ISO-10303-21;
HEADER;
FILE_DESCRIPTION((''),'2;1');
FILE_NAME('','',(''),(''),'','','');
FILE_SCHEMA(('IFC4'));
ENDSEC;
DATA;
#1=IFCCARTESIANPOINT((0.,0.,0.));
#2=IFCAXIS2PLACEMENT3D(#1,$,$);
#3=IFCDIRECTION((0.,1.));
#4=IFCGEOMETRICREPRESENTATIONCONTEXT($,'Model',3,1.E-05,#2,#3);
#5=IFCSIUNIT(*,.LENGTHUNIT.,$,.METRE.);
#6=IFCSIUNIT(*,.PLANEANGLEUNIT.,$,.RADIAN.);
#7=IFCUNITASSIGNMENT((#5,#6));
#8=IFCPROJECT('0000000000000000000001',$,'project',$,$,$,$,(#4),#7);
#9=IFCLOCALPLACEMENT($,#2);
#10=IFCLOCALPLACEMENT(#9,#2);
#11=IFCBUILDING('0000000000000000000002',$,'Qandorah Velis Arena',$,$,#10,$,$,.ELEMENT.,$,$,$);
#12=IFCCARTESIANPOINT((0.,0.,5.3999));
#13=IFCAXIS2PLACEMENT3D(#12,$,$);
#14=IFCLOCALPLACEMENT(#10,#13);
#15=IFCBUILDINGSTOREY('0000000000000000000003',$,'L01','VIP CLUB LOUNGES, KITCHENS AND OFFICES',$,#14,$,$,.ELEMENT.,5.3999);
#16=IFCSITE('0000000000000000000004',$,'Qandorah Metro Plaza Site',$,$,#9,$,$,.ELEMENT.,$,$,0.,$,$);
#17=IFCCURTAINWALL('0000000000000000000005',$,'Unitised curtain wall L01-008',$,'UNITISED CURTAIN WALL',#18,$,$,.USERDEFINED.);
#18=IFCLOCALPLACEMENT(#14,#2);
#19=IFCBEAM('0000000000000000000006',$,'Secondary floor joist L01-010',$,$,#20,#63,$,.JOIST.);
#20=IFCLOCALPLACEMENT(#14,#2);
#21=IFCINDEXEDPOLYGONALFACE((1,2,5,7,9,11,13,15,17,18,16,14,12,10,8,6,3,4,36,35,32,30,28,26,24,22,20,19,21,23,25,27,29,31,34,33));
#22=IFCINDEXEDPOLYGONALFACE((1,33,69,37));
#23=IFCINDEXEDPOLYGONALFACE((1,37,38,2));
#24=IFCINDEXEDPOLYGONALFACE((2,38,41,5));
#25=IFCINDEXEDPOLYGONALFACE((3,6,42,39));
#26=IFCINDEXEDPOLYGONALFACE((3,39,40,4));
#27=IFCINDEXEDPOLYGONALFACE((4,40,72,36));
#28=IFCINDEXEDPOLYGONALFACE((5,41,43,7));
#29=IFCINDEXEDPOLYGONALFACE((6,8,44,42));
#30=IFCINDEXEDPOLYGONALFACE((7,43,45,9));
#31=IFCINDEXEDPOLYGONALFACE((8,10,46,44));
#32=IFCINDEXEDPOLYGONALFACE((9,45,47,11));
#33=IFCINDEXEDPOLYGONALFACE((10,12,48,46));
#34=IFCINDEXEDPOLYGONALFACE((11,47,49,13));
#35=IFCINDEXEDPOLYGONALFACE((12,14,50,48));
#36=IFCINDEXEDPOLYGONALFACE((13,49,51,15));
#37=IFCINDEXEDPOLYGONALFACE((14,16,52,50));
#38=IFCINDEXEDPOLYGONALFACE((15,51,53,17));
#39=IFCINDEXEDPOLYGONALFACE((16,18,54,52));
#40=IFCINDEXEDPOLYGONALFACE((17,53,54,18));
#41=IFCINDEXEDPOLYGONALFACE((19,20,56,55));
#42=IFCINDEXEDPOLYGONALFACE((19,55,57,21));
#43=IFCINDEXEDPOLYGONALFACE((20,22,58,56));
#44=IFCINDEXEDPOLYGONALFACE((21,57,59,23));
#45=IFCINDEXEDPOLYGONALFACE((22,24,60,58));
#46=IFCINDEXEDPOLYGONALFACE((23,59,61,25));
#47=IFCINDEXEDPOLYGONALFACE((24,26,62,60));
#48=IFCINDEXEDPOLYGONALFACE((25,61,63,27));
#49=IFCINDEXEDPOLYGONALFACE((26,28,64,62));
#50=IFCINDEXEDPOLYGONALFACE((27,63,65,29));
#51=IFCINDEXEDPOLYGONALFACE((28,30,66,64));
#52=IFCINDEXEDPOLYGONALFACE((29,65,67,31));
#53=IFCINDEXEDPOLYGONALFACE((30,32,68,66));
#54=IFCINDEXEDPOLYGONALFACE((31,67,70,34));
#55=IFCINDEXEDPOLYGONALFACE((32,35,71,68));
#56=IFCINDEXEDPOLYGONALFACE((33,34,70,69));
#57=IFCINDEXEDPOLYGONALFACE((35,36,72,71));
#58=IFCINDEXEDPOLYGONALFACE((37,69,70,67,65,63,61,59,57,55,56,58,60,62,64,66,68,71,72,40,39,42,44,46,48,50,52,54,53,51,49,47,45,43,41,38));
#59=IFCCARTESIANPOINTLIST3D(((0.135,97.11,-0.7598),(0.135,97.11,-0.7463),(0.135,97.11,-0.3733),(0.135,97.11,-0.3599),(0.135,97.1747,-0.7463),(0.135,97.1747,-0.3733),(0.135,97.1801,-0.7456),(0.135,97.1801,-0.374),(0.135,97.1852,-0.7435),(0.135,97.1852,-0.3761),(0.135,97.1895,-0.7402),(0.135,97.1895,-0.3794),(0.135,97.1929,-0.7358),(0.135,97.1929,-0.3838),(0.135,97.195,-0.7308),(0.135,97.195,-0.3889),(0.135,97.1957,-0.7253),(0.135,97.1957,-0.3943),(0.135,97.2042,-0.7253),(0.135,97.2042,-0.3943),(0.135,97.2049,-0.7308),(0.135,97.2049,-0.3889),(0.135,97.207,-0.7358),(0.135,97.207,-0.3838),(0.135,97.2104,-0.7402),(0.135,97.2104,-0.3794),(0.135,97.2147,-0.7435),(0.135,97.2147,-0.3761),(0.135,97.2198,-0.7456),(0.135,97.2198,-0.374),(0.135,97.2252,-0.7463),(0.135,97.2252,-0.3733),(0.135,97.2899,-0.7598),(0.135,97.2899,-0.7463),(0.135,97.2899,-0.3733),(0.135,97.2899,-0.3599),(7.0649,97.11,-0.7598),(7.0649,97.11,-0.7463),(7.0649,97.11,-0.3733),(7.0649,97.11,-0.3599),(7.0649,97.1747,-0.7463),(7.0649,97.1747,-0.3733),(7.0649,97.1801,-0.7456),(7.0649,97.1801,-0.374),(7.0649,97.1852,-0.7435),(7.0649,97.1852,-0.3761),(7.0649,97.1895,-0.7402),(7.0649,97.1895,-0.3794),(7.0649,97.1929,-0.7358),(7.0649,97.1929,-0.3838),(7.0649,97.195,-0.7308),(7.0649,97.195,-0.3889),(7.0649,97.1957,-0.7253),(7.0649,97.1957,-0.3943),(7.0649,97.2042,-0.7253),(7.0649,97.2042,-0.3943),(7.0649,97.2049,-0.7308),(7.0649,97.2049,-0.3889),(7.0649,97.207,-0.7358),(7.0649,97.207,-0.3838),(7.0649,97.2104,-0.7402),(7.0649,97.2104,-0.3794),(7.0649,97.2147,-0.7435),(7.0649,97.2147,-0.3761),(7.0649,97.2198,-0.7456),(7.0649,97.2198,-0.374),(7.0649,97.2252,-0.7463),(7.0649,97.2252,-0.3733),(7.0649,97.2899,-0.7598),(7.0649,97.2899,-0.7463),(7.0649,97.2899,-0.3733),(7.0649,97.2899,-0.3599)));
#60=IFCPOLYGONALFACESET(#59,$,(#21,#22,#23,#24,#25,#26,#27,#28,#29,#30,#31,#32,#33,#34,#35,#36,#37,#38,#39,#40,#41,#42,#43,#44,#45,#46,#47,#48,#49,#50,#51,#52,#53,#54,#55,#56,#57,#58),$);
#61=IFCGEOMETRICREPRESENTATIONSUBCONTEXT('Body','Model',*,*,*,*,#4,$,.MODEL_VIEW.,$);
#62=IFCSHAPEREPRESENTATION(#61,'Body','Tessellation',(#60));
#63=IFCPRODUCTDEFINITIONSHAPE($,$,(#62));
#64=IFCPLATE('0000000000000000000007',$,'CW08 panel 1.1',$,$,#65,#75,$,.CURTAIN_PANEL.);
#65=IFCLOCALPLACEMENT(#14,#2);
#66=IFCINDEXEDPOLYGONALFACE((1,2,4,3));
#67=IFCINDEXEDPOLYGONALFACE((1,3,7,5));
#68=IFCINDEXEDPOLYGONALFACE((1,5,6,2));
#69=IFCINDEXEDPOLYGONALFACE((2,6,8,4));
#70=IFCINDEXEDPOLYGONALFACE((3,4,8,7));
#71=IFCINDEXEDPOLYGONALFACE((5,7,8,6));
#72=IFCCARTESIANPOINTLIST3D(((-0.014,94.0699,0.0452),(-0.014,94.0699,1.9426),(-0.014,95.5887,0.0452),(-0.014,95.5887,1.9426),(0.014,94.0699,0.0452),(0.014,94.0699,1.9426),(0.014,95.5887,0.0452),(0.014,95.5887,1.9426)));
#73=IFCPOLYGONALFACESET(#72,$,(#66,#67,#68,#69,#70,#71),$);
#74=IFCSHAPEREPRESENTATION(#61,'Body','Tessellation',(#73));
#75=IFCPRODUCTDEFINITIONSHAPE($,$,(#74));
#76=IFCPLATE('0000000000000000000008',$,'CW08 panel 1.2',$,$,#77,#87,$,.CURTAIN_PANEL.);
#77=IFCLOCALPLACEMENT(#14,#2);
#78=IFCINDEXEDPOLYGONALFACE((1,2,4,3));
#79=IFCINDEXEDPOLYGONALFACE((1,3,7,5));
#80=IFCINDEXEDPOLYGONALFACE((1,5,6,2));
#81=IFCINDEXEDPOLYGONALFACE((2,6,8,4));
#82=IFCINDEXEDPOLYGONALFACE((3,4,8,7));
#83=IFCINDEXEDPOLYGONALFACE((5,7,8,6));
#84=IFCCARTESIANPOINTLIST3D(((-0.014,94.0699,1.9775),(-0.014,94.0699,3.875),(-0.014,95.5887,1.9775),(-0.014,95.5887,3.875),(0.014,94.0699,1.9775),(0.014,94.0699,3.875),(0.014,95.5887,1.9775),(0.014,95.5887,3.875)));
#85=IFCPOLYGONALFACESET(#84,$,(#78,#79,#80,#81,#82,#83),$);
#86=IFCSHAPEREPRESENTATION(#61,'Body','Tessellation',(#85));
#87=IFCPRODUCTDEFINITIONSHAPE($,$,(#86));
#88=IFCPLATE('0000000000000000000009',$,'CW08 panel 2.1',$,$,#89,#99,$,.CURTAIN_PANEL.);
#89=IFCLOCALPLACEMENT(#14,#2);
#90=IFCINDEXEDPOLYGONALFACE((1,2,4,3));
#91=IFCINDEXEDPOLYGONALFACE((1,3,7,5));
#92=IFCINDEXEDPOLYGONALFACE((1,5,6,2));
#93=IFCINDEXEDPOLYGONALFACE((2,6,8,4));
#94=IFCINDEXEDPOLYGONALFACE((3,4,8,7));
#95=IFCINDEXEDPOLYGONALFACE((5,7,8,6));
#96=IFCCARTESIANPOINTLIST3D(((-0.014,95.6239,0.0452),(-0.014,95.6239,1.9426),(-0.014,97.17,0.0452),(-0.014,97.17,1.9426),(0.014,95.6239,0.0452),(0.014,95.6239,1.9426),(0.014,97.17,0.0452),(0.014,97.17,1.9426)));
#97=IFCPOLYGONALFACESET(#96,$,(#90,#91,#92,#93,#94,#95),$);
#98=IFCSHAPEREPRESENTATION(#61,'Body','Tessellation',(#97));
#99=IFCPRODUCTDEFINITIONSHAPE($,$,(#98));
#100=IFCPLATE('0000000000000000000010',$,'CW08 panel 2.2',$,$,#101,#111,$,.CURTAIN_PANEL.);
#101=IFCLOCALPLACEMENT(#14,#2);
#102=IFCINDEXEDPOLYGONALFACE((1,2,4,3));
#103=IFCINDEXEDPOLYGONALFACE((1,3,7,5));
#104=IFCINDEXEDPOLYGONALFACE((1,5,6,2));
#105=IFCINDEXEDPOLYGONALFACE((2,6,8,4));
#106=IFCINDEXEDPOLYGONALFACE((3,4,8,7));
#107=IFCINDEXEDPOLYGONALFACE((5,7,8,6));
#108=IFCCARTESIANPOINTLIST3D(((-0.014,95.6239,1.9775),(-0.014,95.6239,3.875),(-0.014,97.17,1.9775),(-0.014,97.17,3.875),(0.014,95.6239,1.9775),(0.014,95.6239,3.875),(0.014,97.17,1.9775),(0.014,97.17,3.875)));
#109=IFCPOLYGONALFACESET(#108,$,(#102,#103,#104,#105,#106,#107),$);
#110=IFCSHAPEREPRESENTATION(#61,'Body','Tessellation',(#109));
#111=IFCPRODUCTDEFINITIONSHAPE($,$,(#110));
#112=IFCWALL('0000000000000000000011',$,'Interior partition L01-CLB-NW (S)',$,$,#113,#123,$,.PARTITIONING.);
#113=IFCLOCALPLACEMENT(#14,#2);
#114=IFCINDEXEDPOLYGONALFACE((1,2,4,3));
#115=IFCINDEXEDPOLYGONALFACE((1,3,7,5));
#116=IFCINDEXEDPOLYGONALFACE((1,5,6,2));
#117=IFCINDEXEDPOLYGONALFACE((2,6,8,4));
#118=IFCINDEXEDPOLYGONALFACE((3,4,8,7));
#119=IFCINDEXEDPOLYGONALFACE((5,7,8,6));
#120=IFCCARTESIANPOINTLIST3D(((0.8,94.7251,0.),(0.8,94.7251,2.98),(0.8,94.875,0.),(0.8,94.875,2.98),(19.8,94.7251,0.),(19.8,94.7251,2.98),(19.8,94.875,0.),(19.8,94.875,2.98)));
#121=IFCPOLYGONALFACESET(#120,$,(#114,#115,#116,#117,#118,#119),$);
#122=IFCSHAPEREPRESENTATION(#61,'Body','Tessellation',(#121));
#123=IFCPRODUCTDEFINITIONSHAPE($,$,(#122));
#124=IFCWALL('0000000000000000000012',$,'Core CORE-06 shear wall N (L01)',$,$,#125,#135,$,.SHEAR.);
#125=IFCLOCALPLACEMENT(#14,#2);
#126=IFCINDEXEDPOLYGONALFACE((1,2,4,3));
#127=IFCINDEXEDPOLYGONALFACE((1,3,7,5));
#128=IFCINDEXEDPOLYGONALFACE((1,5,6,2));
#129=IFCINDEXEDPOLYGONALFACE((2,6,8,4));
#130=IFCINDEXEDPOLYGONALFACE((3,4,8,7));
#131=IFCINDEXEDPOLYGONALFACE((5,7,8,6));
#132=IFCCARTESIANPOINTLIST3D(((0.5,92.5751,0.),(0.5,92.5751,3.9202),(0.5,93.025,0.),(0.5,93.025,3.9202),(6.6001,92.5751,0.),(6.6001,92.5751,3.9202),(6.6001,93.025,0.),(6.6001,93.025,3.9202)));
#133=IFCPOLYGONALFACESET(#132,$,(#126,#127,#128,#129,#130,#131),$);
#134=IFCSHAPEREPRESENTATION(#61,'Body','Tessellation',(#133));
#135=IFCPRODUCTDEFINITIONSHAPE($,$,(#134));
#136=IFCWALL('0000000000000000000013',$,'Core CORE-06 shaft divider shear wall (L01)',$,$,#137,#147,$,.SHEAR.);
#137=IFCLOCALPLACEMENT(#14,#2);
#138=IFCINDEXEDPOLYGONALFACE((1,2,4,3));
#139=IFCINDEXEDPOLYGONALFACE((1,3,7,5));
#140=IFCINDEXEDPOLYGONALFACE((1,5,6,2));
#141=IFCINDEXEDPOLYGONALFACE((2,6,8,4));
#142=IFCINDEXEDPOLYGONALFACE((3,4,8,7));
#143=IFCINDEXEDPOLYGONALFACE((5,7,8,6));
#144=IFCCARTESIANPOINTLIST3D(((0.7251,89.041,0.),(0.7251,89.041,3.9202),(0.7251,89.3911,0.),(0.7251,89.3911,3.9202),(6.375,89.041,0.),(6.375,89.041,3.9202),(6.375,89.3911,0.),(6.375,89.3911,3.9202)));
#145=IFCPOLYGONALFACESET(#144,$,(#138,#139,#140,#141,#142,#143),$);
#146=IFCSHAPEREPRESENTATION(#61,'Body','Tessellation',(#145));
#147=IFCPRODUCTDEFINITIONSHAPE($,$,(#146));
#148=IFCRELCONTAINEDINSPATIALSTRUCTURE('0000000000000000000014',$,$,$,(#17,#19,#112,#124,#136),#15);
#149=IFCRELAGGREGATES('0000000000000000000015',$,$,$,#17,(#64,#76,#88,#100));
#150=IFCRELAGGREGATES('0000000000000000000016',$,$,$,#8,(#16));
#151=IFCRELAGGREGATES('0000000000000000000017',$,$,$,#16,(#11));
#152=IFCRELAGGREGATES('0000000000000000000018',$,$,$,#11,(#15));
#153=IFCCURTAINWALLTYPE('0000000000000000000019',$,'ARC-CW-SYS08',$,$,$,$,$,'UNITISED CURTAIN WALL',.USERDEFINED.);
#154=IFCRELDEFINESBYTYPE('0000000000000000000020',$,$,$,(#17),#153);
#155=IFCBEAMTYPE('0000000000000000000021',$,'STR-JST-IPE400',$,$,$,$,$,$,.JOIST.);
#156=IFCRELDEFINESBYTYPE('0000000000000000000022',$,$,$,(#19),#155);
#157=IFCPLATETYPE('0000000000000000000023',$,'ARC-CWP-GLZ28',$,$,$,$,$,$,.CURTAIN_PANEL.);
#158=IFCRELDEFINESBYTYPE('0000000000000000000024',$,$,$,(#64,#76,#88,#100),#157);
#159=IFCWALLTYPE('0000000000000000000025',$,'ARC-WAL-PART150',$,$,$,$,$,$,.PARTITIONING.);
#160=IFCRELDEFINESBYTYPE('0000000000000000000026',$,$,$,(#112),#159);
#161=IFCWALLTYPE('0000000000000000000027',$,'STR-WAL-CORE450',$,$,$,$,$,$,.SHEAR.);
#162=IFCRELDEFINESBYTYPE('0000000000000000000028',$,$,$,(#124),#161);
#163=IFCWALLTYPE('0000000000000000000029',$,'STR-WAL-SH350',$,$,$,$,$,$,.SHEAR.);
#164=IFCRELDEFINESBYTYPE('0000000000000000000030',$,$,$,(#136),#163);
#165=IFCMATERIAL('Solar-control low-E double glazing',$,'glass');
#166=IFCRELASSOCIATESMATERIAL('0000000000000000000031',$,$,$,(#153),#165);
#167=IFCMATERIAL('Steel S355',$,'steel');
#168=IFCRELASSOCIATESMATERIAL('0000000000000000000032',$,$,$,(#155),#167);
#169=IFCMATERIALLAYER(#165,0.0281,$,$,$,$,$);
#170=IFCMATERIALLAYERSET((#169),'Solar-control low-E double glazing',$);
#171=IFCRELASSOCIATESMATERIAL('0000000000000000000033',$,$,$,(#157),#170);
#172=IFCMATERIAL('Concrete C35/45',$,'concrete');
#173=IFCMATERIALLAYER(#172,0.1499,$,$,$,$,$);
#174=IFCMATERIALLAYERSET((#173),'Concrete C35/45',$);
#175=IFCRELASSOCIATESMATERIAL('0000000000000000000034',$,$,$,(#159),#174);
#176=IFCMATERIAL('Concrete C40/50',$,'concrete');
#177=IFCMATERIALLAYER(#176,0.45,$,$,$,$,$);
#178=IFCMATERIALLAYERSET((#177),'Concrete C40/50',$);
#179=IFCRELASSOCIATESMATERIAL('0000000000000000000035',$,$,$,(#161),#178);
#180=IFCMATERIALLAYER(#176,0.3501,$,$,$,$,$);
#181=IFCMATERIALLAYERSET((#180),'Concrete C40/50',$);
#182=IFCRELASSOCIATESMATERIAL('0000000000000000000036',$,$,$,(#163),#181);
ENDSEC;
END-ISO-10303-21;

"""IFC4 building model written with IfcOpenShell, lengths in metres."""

from ifc_helpers import new_model, si_unit, direction, frame, frame_2d, origin, origin_2d, place, context, subcontext, project, spatial, rectangle, i_section, extrude, material, layer, layer_set, material_profile, profile_set, type_object, element, aggregate, save


model = new_model("IFC4")

# Units and contexts
model_context = context("Model", 3, precision=1e-05, world=origin(), true_north=direction((0.0, 1.0)))
body_context = subcontext(model_context, "Body", "Model", "MODEL_VIEW")
ifc_project = project(units=[si_unit("LENGTHUNIT", "METRE"), si_unit("PLANEANGLEUNIT", "RADIAN")], contexts=[model_context])

# Site, building, storey
site_placement = place(None, origin())
site = spatial("IfcSite", under=ifc_project, at=site_placement, Name="Qandorah Metro Plaza Site", CompositionType="ELEMENT", RefElevation=0.0)
building_placement = place(site_placement, origin())
building = spatial("IfcBuilding", under=site, at=building_placement, Name="Qandorah Velis Arena", CompositionType="ELEMENT")
storey_placement = place(building_placement, frame((0.0, 0.0, 5.3999)))
storey = spatial("IfcBuildingStorey", under=building, at=storey_placement, Name="L01", Description="VIP CLUB LOUNGES, KITCHENS AND OFFICES", CompositionType="ELEMENT", Elevation=5.3999)

# Shared definitions
ifc_material_1 = material(Name="Concrete C40/50", Category="concrete")

# Curtain wall
ifc_material_2 = material(Name="Solar-control low-E double glazing", Category="glass")
curtain_wall_type = type_object("IfcCurtainWallType", Name="ARC-CW-SYS08", ElementType="UNITISED CURTAIN WALL", PredefinedType="USERDEFINED", material=ifc_material_2)
curtain_wall_placement = place(storey_placement, origin())
curtain_wall = element("IfcCurtainWall", 1, at=curtain_wall_placement, inside=storey, type_object=curtain_wall_type, Name="Unitised curtain wall L01-008", ObjectType="UNITISED CURTAIN WALL", PredefinedType="USERDEFINED")

# Beam
ifc_material_3 = material(Name="Steel S355", Category="steel")
ifc_material_profile_1 = material_profile(ifc_material_3, i_section(OverallWidth=0.1799, OverallDepth=0.3999, WebThickness=0.0085, FlangeThickness=0.0134, FilletRadius=0.021, at=origin_2d()), Name="IPE 400")
ifc_profile_set_1 = profile_set([ifc_material_profile_1], Name="Steel S355")
beam_type_1 = type_object("IfcBeamType", Name="STR-JST-IPE400", PredefinedType="JOIST", material=ifc_profile_set_1)
beam_1_placement = place(storey_placement, frame((0.135, 97.2, -0.5598), z_axis=(1.0, 0.0, 0.0), x_axis=(0.0, 1.0, 0.0)))
element("IfcBeam", 2, at=beam_1_placement, inside=storey, type_object=beam_type_1, Name="Secondary floor joist L01-010", PredefinedType="JOIST", context=body_context, shape_type="SweptSolid", body=[
    extrude(i_section(OverallWidth=0.1799, OverallDepth=0.3999, WebThickness=0.0085, FlangeThickness=0.0134, FilletRadius=0.021, at=origin_2d()), origin(), (0.0, 0.0, 1.0), 6.9299),
])

# Plates
ifc_layer_1 = layer(ifc_material_2, 0.0281)
ifc_layer_set_1 = layer_set([ifc_layer_1], Name="Solar-control low-E double glazing")
plate_type = type_object("IfcPlateType", Name="ARC-CWP-GLZ28", PredefinedType="CURTAIN_PANEL", material=ifc_layer_set_1)
plate_1_placement = place(storey_placement, frame((0.0, 94.8293, 0.0452), z_axis=(0.0, 0.0, 1.0), x_axis=(0.0, 1.0, 0.0)))
plate_1 = element("IfcPlate", 3, at=plate_1_placement, type_object=plate_type, Name="CW08 panel 1.1", PredefinedType="CURTAIN_PANEL", context=body_context, shape_type="SweptSolid", body=[
    extrude(rectangle(XDim=1.5188, YDim=0.0281, at=origin_2d()), origin(), (0.0, 0.0, 1.0), 1.8975),
])
plate_2_placement = place(storey_placement, frame((0.0, 94.8293, 1.9775), z_axis=(0.0, 0.0, 1.0), x_axis=(0.0, 1.0, 0.0)))
plate_2 = element("IfcPlate", 4, at=plate_2_placement, type_object=plate_type, Name="CW08 panel 1.2", PredefinedType="CURTAIN_PANEL", context=body_context, shape_type="SweptSolid", body=[
    extrude(rectangle(XDim=1.5188, YDim=0.0281, at=origin_2d()), origin(), (0.0, 0.0, 1.0), 1.8975),
])
plate_3_placement = place(storey_placement, frame((0.0, 96.397, 0.0452), z_axis=(0.0, 0.0, 1.0), x_axis=(0.0, 1.0, 0.0)))
plate_3 = element("IfcPlate", 5, at=plate_3_placement, type_object=plate_type, Name="CW08 panel 2.1", PredefinedType="CURTAIN_PANEL", context=body_context, shape_type="SweptSolid", body=[
    extrude(rectangle(XDim=1.5461, YDim=0.0281, at=origin_2d()), origin(), (0.0, 0.0, 1.0), 1.8975),
])
plate_4_placement = place(storey_placement, frame((0.0, 96.397, 1.9775), z_axis=(0.0, 0.0, 1.0), x_axis=(0.0, 1.0, 0.0)))
plate_4 = element("IfcPlate", 6, at=plate_4_placement, type_object=plate_type, Name="CW08 panel 2.2", PredefinedType="CURTAIN_PANEL", context=body_context, shape_type="SweptSolid", body=[
    extrude(rectangle(XDim=1.5461, YDim=0.0281, at=origin_2d()), origin(), (0.0, 0.0, 1.0), 1.8975),
])
aggregate(curtain_wall, [plate_1, plate_2, plate_3, plate_4])

# Walls
ifc_material_4 = material(Name="Concrete C35/45", Category="concrete")
ifc_layer_2 = layer(ifc_material_4, 0.1499)
ifc_layer_set_2 = layer_set([ifc_layer_2], Name="Concrete C35/45")
wall_type_1 = type_object("IfcWallType", Name="ARC-WAL-PART150", PredefinedType="PARTITIONING", material=ifc_layer_set_2)
wall_1_placement = place(storey_placement, frame((0.8, 94.8, 0.0), z_axis=(0.0, 0.0, 1.0), x_axis=(1.0, 0.0, 0.0)))
element("IfcWall", 7, at=wall_1_placement, inside=storey, type_object=wall_type_1, Name="Interior partition L01-CLB-NW (S)", PredefinedType="PARTITIONING", context=body_context, shape_type="SweptSolid", body=[
    extrude(rectangle(XDim=19.0, YDim=0.1499, at=frame_2d((9.5, 0.0))), origin(), (0.0, 0.0, 1.0), 2.98),
])
ifc_layer_3 = layer(ifc_material_1, 0.45)
ifc_layer_set_3 = layer_set([ifc_layer_3], Name="Concrete C40/50")
wall_type_2 = type_object("IfcWallType", Name="STR-WAL-CORE450", PredefinedType="SHEAR", material=ifc_layer_set_3)
wall_2_placement = place(storey_placement, frame((0.5, 92.8, 0.0), z_axis=(0.0, 0.0, 1.0), x_axis=(1.0, 0.0, 0.0)))
element("IfcWall", 8, at=wall_2_placement, inside=storey, type_object=wall_type_2, Name="Core CORE-06 shear wall N (L01)", PredefinedType="SHEAR", context=body_context, shape_type="SweptSolid", body=[
    extrude(rectangle(XDim=6.1001, YDim=0.45, at=frame_2d((3.05, 0.0))), origin(), (0.0, 0.0, 1.0), 3.9202),
])
ifc_layer_4 = layer(ifc_material_1, 0.3501)
ifc_layer_set_4 = layer_set([ifc_layer_4], Name="Concrete C40/50")
wall_type_3 = type_object("IfcWallType", Name="STR-WAL-SH350", PredefinedType="SHEAR", material=ifc_layer_set_4)
wall_3_placement = place(storey_placement, frame((0.7251, 89.2161, 0.0), z_axis=(0.0, 0.0, 1.0), x_axis=(1.0, 0.0, 0.0)))
element("IfcWall", 9, at=wall_3_placement, inside=storey, type_object=wall_type_3, Name="Core CORE-06 shaft divider shear wall (L01)", PredefinedType="SHEAR", context=body_context, shape_type="SweptSolid", body=[
    extrude(rectangle(XDim=5.6499, YDim=0.3501, at=frame_2d((2.825, 0.0))), origin(), (0.0, 0.0, 1.0), 3.9202),
])

save(model, "model.ifc")
